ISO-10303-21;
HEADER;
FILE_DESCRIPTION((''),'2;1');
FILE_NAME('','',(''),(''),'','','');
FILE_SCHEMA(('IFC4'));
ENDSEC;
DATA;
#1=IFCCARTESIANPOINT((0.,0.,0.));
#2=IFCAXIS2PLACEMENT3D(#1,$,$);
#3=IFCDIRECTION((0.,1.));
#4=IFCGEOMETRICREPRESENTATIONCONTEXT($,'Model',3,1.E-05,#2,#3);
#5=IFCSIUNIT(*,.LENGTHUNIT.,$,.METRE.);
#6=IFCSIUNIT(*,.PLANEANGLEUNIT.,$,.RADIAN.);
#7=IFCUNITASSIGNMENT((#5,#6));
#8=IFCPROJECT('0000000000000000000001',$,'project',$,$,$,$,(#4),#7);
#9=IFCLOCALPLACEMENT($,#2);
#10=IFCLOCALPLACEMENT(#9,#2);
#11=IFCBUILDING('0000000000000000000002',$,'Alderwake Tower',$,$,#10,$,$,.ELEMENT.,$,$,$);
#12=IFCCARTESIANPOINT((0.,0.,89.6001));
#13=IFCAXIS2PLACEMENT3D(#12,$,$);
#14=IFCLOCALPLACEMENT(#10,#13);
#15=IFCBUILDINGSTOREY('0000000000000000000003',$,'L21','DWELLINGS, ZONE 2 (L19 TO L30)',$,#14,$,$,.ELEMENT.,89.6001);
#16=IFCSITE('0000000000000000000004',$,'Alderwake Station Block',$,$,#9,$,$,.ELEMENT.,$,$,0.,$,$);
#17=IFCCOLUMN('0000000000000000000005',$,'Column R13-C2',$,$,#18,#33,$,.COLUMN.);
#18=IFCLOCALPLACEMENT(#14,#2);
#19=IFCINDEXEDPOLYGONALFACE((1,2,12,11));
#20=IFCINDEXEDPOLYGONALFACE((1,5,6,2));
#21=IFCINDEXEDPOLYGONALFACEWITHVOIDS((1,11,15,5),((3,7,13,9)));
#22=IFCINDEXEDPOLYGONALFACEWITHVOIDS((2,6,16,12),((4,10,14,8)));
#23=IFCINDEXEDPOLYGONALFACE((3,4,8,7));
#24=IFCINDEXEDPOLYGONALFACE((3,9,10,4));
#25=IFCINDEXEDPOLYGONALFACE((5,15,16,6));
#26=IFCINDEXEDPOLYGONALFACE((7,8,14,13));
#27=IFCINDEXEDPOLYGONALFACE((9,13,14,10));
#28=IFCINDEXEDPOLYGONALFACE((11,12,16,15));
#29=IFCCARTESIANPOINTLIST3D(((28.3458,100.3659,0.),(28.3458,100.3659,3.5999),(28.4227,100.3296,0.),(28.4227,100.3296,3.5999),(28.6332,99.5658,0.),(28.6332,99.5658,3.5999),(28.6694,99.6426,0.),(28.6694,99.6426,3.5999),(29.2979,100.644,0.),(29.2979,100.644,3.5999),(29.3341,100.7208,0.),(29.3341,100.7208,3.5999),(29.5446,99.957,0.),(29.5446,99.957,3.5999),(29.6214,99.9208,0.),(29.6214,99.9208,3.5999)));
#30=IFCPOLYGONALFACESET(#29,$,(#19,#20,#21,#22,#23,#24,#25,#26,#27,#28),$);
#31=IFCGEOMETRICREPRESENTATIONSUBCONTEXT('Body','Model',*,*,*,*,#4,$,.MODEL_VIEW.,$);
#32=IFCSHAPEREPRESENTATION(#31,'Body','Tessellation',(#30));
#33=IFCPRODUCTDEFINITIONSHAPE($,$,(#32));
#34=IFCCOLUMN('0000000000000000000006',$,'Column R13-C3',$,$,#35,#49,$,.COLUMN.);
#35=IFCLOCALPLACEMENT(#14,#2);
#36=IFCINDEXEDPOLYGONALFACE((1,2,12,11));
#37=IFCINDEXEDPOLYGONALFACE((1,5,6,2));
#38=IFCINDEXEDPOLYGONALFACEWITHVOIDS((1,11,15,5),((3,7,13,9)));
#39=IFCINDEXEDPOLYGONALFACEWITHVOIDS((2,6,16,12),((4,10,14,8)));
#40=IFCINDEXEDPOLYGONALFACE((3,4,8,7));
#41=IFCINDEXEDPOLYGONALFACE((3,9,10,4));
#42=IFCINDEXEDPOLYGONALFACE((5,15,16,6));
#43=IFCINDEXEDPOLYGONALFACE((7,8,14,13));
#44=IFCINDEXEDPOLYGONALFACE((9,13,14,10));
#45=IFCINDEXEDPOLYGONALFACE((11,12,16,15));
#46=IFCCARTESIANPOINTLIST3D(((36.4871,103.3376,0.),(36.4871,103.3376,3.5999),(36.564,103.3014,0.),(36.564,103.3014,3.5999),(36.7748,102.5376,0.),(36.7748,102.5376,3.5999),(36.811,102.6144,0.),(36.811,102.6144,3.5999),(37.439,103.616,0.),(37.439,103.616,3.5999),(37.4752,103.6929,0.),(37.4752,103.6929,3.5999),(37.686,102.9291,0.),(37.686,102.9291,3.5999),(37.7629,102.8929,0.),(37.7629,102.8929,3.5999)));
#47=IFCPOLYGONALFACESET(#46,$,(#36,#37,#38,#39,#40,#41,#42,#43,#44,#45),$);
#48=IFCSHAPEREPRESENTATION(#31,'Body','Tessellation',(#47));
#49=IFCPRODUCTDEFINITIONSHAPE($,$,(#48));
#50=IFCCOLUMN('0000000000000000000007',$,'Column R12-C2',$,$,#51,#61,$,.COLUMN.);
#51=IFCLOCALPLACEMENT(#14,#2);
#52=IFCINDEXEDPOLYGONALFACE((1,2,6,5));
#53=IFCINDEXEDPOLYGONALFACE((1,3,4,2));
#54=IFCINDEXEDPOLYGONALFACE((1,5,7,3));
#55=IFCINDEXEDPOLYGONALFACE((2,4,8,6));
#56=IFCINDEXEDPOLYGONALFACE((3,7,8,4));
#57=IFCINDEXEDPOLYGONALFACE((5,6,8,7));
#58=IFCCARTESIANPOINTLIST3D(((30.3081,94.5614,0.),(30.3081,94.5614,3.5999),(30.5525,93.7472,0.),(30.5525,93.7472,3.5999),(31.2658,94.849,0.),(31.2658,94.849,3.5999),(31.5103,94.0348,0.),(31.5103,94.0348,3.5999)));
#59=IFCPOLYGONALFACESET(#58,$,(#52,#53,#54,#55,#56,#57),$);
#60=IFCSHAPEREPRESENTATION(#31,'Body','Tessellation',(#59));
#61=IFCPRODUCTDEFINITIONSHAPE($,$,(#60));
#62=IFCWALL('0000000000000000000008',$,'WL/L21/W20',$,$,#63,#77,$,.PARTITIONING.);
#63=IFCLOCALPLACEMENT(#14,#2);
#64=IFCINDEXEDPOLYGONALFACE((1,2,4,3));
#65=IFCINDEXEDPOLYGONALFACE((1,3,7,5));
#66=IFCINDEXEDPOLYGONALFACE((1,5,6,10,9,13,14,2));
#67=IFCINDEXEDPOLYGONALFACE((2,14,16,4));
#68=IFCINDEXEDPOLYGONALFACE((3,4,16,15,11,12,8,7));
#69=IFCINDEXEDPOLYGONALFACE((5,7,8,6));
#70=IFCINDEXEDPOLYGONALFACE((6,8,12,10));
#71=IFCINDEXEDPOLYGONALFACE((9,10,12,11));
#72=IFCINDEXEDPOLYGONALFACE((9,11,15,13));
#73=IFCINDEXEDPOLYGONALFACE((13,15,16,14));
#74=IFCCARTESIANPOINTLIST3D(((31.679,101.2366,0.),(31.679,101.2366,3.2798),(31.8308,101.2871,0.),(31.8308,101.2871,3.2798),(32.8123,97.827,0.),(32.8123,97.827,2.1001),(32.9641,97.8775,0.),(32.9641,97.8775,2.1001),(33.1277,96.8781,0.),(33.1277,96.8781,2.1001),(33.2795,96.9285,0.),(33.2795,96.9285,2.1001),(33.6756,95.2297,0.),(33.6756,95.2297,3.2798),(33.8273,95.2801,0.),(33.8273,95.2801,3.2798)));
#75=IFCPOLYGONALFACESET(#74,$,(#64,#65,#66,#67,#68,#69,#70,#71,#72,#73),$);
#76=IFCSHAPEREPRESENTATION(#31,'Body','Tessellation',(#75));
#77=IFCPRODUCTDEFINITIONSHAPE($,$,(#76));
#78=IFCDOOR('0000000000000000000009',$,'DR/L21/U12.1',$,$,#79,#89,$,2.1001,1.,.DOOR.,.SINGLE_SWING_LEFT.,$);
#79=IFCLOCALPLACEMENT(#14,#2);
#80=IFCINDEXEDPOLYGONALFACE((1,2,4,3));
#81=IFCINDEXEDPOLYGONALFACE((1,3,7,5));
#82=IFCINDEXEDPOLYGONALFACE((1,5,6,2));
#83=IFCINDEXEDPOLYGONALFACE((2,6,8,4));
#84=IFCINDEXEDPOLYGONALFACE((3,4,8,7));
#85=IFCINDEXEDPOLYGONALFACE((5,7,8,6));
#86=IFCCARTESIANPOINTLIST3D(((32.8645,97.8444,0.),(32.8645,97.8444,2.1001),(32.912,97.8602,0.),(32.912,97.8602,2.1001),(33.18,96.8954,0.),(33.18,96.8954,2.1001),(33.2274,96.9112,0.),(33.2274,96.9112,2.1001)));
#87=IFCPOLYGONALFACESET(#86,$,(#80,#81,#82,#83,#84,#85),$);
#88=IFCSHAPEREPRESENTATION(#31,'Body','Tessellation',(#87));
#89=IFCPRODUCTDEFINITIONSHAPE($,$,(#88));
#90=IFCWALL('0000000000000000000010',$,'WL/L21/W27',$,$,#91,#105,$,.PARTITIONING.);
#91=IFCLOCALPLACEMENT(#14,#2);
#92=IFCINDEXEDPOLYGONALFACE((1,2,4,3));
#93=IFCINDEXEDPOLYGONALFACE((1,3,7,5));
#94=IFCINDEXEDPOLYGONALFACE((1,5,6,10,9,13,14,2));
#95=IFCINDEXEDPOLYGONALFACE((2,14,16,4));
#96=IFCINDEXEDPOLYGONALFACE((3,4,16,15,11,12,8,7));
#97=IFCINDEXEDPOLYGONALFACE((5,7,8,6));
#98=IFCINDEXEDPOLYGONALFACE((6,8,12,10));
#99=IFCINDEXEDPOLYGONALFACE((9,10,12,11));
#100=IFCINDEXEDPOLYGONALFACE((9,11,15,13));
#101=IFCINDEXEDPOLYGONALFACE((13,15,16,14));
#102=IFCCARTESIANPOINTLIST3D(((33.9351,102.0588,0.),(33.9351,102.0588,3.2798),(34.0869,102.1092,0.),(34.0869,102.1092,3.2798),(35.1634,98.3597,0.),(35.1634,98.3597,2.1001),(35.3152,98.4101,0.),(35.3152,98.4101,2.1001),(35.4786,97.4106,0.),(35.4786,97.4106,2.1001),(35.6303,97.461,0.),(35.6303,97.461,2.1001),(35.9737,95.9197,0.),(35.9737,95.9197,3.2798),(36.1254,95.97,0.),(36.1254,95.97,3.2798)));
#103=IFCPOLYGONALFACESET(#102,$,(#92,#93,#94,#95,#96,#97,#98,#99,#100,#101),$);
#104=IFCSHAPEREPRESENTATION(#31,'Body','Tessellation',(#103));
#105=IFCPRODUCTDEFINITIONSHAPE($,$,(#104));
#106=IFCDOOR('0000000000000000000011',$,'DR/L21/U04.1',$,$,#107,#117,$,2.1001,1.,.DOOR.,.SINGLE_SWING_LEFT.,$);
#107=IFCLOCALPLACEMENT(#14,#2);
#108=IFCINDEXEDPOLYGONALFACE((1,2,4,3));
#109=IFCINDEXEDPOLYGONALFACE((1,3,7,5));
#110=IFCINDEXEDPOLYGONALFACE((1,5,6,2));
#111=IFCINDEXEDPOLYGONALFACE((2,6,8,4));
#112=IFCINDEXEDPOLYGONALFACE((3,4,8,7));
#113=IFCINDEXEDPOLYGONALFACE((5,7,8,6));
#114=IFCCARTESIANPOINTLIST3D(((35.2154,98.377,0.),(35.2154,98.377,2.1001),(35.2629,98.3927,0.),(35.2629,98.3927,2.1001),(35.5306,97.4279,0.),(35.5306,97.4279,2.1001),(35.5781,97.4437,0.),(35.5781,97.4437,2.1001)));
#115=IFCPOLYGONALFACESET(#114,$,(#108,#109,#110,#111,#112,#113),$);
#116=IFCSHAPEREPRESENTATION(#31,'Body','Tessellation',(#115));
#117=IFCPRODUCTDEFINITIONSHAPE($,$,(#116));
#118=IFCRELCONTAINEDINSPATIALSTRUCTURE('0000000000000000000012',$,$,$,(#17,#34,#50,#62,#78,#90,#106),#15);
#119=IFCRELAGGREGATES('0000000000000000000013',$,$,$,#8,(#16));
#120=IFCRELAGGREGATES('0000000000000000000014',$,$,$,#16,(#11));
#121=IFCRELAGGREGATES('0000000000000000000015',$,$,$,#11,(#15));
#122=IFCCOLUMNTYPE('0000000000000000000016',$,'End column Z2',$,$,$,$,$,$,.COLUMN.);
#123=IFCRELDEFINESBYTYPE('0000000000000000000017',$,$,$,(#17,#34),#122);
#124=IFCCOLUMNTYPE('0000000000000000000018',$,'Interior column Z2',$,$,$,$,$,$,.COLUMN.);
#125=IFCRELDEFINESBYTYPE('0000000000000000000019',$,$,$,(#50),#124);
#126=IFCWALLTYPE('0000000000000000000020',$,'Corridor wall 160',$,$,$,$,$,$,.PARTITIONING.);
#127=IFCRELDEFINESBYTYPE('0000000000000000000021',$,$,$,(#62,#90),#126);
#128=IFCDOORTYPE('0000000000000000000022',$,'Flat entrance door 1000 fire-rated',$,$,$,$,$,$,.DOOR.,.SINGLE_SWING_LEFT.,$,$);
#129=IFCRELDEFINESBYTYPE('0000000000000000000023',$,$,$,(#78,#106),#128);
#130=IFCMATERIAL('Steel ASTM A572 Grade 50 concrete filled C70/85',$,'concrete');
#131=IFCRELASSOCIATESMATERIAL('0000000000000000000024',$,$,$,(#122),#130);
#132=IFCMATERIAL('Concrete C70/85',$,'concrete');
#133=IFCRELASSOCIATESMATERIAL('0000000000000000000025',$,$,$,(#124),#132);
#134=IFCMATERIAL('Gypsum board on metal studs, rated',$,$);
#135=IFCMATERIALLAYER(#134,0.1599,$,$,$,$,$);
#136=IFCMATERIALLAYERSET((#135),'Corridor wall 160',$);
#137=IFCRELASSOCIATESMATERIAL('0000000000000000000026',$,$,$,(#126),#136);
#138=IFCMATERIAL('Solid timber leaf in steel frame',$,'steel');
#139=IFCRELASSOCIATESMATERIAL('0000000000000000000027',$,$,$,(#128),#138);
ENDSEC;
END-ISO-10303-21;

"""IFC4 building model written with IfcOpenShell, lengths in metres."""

from ifc_helpers import new_model, si_unit, direction, frame, frame_2d, origin, origin_2d, place, context, subcontext, project, spatial, rectangle, hollow_rectangle, extrude, material, layer, layer_set, material_profile, profile_set, type_object, element, fill, save


model = new_model("IFC4")

# Units and contexts
model_context = context("Model", 3, precision=1e-05, world=origin(), true_north=direction((0.0, 1.0)))
body_context = subcontext(model_context, "Body", "Model", "MODEL_VIEW")
ifc_project = project(units=[si_unit("LENGTHUNIT", "METRE"), si_unit("PLANEANGLEUNIT", "RADIAN")], contexts=[model_context])

# Site, building, storey
site_placement = place(None, origin())
site = spatial("IfcSite", under=ifc_project, at=site_placement, Name="Alderwake Station Block", CompositionType="ELEMENT", RefElevation=0.0)
building_placement = place(site_placement, origin())
building = spatial("IfcBuilding", under=site, at=building_placement, Name="Alderwake Tower", CompositionType="ELEMENT")
storey_placement = place(building_placement, frame((0.0, 0.0, 89.6001)))
storey = spatial("IfcBuildingStorey", under=building, at=storey_placement, Name="L21", Description="DWELLINGS, ZONE 2 (L19 TO L30)", CompositionType="ELEMENT", Elevation=89.6001)

# Columns
ifc_material_1 = material(Name="Steel ASTM A572 Grade 50 concrete filled C70/85", Category="concrete")
ifc_material_profile_1 = material_profile(ifc_material_1, hollow_rectangle(XDim=0.8501, YDim=1.05, WallThickness=0.0601, at=origin_2d()), Name="BOX 1050X850X60")
ifc_profile_set_1 = profile_set([ifc_material_profile_1], Name="Steel ASTM A572 Grade 50 concrete filled C70/85")
column_type_1 = type_object("IfcColumnType", Name="End column Z2", PredefinedType="COLUMN", material=ifc_profile_set_1)
for number, where, z_axis, x_axis, name in (
    (1, (28.9836, 100.1433, 0.0), (0.0, 0.0, 1.0), (-0.338027, 0.941136, 0.0), "Column R13-C2"),
    (2, (37.125, 103.1152, 0.0), (0.0, 0.0, 1.0), (-0.338365, 0.941015, 0.0), "Column R13-C3"),
):
    element("IfcColumn", number, at=place(storey_placement, frame(where, z_axis=z_axis, x_axis=x_axis)), inside=storey, type_object=column_type_1, Name=name, PredefinedType="COLUMN", context=body_context, shape_type="SweptSolid", body=[
        extrude(hollow_rectangle(XDim=0.8501, YDim=1.05, WallThickness=0.0601, at=origin_2d()), origin(), (0.0, 0.0, 1.0), 3.5999),
    ])
ifc_material_2 = material(Name="Concrete C70/85", Category="concrete")
ifc_material_profile_2 = material_profile(ifc_material_2, rectangle(XDim=0.8501, YDim=1.0, at=origin_2d()), Name="RC 1000X850")
ifc_profile_set_2 = profile_set([ifc_material_profile_2], Name="Concrete C70/85")
column_type_2 = type_object("IfcColumnType", Name="Interior column Z2", PredefinedType="COLUMN", material=ifc_profile_set_2)
column_placement = place(storey_placement, frame((30.9092, 94.2981, 0.0), z_axis=(0.0, 0.0, 1.0), x_axis=(-0.287549, 0.957766, 0.0)))
element("IfcColumn", 3, at=column_placement, inside=storey, type_object=column_type_2, Name="Column R12-C2", PredefinedType="COLUMN", context=body_context, shape_type="SweptSolid", body=[
    extrude(rectangle(XDim=0.8501, YDim=1.0, at=origin_2d()), origin(), (0.0, 0.0, 1.0), 3.5999),
])

# Walls, openings, doors
ifc_material_3 = material(Name="Gypsum board on metal studs, rated")
ifc_layer_1 = layer(ifc_material_3, 0.1599)
ifc_layer_set_1 = layer_set([ifc_layer_1], Name="Corridor wall 160")
wall_type_1 = type_object("IfcWallType", Name="Corridor wall 160", PredefinedType="PARTITIONING", material=ifc_layer_set_1)
wall_1_placement = place(storey_placement, frame((33.7515, 95.2549, 0.0), z_axis=(0.0, 0.0, 1.0), x_axis=(-0.315406, 0.948957, 0.0)))
wall_1 = element("IfcWall", 4, at=wall_1_placement, inside=storey, type_object=wall_type_1, Name="WL/L21/W20", PredefinedType="PARTITIONING", context=body_context, shape_type="SweptSolid", body=[
    extrude(rectangle(XDim=6.3301, YDim=0.1599, at=frame_2d((3.165, 0.0))), origin(), (0.0, 0.0, 1.0), 3.2798),
])
opening_1_placement = place(wall_1_placement, frame((1.7371, 0.0, 0.0)))
opening_1 = element("IfcOpeningElement", 5, at=opening_1_placement, cuts=wall_1, PredefinedType="OPENING", context=body_context, shape_type="SweptSolid", body=[
    extrude(rectangle(XDim=1.0, YDim=2.1001, at=frame_2d((0.5, 1.05))), frame((0.0, 0.0898, 0.0), z_axis=(0.0, -1.0, 0.0), x_axis=(1.0, 0.0, 0.0)), (0.0, 0.0, 1.0), 0.1799),
])
ifc_material_4 = material(Name="Solid timber leaf in steel frame", Category="steel")
door_type_1 = type_object("IfcDoorType", Name="Flat entrance door 1000 fire-rated", OperationType="SINGLE_SWING_LEFT", PredefinedType="DOOR", material=ifc_material_4)
door_1_placement = place(opening_1_placement, origin())
door_1 = element("IfcDoor", 6, at=door_1_placement, inside=storey, type_object=door_type_1, Name="DR/L21/U12.1", OperationType="SINGLE_SWING_LEFT", OverallHeight=2.1001, OverallWidth=1.0, PredefinedType="DOOR", context=body_context, shape_type="SweptSolid", body=[
    extrude(rectangle(XDim=1.0, YDim=2.1001, at=frame_2d((0.5, 1.05))), frame((0.0, 0.0249, 0.0), z_axis=(0.0, -1.0, 0.0), x_axis=(1.0, 0.0, 0.0)), (0.0, 0.0, 1.0), 0.05),
])
fill(opening_1, door_1)
wall_2_placement = place(storey_placement, frame((34.011, 102.084, 0.0), z_axis=(0.0, 0.0, 1.0), x_axis=(0.315141, -0.949045, 0.0)))
wall_2 = element("IfcWall", 7, at=wall_2_placement, inside=storey, type_object=wall_type_1, Name="WL/L21/W27", PredefinedType="PARTITIONING", context=body_context, shape_type="SweptSolid", body=[
    extrude(rectangle(XDim=6.4688, YDim=0.1599, at=frame_2d((3.2344, 0.0))), origin(), (0.0, 0.0, 1.0), 3.2798),
])
opening_2_placement = place(wall_2_placement, frame((3.8977, 0.0, 0.0)))
opening_2 = element("IfcOpeningElement", 8, at=opening_2_placement, cuts=wall_2, PredefinedType="OPENING", context=body_context, shape_type="SweptSolid", body=[
    extrude(rectangle(XDim=1.0, YDim=2.1001, at=frame_2d((0.5, 1.05))), frame((0.0, 0.0898, 0.0), z_axis=(0.0, -1.0, 0.0), x_axis=(1.0, 0.0, 0.0)), (0.0, 0.0, 1.0), 0.1799),
])
door_2_placement = place(opening_2_placement, origin())
door_2 = element("IfcDoor", 9, at=door_2_placement, inside=storey, type_object=door_type_1, Name="DR/L21/U04.1", OperationType="SINGLE_SWING_LEFT", OverallHeight=2.1001, OverallWidth=1.0, PredefinedType="DOOR", context=body_context, shape_type="SweptSolid", body=[
    extrude(rectangle(XDim=1.0, YDim=2.1001, at=frame_2d((0.5, 1.05))), frame((0.0, 0.0249, 0.0), z_axis=(0.0, -1.0, 0.0), x_axis=(1.0, 0.0, 0.0)), (0.0, 0.0, 1.0), 0.05),
])
fill(opening_2, door_2)

save(model, "model.ifc")
